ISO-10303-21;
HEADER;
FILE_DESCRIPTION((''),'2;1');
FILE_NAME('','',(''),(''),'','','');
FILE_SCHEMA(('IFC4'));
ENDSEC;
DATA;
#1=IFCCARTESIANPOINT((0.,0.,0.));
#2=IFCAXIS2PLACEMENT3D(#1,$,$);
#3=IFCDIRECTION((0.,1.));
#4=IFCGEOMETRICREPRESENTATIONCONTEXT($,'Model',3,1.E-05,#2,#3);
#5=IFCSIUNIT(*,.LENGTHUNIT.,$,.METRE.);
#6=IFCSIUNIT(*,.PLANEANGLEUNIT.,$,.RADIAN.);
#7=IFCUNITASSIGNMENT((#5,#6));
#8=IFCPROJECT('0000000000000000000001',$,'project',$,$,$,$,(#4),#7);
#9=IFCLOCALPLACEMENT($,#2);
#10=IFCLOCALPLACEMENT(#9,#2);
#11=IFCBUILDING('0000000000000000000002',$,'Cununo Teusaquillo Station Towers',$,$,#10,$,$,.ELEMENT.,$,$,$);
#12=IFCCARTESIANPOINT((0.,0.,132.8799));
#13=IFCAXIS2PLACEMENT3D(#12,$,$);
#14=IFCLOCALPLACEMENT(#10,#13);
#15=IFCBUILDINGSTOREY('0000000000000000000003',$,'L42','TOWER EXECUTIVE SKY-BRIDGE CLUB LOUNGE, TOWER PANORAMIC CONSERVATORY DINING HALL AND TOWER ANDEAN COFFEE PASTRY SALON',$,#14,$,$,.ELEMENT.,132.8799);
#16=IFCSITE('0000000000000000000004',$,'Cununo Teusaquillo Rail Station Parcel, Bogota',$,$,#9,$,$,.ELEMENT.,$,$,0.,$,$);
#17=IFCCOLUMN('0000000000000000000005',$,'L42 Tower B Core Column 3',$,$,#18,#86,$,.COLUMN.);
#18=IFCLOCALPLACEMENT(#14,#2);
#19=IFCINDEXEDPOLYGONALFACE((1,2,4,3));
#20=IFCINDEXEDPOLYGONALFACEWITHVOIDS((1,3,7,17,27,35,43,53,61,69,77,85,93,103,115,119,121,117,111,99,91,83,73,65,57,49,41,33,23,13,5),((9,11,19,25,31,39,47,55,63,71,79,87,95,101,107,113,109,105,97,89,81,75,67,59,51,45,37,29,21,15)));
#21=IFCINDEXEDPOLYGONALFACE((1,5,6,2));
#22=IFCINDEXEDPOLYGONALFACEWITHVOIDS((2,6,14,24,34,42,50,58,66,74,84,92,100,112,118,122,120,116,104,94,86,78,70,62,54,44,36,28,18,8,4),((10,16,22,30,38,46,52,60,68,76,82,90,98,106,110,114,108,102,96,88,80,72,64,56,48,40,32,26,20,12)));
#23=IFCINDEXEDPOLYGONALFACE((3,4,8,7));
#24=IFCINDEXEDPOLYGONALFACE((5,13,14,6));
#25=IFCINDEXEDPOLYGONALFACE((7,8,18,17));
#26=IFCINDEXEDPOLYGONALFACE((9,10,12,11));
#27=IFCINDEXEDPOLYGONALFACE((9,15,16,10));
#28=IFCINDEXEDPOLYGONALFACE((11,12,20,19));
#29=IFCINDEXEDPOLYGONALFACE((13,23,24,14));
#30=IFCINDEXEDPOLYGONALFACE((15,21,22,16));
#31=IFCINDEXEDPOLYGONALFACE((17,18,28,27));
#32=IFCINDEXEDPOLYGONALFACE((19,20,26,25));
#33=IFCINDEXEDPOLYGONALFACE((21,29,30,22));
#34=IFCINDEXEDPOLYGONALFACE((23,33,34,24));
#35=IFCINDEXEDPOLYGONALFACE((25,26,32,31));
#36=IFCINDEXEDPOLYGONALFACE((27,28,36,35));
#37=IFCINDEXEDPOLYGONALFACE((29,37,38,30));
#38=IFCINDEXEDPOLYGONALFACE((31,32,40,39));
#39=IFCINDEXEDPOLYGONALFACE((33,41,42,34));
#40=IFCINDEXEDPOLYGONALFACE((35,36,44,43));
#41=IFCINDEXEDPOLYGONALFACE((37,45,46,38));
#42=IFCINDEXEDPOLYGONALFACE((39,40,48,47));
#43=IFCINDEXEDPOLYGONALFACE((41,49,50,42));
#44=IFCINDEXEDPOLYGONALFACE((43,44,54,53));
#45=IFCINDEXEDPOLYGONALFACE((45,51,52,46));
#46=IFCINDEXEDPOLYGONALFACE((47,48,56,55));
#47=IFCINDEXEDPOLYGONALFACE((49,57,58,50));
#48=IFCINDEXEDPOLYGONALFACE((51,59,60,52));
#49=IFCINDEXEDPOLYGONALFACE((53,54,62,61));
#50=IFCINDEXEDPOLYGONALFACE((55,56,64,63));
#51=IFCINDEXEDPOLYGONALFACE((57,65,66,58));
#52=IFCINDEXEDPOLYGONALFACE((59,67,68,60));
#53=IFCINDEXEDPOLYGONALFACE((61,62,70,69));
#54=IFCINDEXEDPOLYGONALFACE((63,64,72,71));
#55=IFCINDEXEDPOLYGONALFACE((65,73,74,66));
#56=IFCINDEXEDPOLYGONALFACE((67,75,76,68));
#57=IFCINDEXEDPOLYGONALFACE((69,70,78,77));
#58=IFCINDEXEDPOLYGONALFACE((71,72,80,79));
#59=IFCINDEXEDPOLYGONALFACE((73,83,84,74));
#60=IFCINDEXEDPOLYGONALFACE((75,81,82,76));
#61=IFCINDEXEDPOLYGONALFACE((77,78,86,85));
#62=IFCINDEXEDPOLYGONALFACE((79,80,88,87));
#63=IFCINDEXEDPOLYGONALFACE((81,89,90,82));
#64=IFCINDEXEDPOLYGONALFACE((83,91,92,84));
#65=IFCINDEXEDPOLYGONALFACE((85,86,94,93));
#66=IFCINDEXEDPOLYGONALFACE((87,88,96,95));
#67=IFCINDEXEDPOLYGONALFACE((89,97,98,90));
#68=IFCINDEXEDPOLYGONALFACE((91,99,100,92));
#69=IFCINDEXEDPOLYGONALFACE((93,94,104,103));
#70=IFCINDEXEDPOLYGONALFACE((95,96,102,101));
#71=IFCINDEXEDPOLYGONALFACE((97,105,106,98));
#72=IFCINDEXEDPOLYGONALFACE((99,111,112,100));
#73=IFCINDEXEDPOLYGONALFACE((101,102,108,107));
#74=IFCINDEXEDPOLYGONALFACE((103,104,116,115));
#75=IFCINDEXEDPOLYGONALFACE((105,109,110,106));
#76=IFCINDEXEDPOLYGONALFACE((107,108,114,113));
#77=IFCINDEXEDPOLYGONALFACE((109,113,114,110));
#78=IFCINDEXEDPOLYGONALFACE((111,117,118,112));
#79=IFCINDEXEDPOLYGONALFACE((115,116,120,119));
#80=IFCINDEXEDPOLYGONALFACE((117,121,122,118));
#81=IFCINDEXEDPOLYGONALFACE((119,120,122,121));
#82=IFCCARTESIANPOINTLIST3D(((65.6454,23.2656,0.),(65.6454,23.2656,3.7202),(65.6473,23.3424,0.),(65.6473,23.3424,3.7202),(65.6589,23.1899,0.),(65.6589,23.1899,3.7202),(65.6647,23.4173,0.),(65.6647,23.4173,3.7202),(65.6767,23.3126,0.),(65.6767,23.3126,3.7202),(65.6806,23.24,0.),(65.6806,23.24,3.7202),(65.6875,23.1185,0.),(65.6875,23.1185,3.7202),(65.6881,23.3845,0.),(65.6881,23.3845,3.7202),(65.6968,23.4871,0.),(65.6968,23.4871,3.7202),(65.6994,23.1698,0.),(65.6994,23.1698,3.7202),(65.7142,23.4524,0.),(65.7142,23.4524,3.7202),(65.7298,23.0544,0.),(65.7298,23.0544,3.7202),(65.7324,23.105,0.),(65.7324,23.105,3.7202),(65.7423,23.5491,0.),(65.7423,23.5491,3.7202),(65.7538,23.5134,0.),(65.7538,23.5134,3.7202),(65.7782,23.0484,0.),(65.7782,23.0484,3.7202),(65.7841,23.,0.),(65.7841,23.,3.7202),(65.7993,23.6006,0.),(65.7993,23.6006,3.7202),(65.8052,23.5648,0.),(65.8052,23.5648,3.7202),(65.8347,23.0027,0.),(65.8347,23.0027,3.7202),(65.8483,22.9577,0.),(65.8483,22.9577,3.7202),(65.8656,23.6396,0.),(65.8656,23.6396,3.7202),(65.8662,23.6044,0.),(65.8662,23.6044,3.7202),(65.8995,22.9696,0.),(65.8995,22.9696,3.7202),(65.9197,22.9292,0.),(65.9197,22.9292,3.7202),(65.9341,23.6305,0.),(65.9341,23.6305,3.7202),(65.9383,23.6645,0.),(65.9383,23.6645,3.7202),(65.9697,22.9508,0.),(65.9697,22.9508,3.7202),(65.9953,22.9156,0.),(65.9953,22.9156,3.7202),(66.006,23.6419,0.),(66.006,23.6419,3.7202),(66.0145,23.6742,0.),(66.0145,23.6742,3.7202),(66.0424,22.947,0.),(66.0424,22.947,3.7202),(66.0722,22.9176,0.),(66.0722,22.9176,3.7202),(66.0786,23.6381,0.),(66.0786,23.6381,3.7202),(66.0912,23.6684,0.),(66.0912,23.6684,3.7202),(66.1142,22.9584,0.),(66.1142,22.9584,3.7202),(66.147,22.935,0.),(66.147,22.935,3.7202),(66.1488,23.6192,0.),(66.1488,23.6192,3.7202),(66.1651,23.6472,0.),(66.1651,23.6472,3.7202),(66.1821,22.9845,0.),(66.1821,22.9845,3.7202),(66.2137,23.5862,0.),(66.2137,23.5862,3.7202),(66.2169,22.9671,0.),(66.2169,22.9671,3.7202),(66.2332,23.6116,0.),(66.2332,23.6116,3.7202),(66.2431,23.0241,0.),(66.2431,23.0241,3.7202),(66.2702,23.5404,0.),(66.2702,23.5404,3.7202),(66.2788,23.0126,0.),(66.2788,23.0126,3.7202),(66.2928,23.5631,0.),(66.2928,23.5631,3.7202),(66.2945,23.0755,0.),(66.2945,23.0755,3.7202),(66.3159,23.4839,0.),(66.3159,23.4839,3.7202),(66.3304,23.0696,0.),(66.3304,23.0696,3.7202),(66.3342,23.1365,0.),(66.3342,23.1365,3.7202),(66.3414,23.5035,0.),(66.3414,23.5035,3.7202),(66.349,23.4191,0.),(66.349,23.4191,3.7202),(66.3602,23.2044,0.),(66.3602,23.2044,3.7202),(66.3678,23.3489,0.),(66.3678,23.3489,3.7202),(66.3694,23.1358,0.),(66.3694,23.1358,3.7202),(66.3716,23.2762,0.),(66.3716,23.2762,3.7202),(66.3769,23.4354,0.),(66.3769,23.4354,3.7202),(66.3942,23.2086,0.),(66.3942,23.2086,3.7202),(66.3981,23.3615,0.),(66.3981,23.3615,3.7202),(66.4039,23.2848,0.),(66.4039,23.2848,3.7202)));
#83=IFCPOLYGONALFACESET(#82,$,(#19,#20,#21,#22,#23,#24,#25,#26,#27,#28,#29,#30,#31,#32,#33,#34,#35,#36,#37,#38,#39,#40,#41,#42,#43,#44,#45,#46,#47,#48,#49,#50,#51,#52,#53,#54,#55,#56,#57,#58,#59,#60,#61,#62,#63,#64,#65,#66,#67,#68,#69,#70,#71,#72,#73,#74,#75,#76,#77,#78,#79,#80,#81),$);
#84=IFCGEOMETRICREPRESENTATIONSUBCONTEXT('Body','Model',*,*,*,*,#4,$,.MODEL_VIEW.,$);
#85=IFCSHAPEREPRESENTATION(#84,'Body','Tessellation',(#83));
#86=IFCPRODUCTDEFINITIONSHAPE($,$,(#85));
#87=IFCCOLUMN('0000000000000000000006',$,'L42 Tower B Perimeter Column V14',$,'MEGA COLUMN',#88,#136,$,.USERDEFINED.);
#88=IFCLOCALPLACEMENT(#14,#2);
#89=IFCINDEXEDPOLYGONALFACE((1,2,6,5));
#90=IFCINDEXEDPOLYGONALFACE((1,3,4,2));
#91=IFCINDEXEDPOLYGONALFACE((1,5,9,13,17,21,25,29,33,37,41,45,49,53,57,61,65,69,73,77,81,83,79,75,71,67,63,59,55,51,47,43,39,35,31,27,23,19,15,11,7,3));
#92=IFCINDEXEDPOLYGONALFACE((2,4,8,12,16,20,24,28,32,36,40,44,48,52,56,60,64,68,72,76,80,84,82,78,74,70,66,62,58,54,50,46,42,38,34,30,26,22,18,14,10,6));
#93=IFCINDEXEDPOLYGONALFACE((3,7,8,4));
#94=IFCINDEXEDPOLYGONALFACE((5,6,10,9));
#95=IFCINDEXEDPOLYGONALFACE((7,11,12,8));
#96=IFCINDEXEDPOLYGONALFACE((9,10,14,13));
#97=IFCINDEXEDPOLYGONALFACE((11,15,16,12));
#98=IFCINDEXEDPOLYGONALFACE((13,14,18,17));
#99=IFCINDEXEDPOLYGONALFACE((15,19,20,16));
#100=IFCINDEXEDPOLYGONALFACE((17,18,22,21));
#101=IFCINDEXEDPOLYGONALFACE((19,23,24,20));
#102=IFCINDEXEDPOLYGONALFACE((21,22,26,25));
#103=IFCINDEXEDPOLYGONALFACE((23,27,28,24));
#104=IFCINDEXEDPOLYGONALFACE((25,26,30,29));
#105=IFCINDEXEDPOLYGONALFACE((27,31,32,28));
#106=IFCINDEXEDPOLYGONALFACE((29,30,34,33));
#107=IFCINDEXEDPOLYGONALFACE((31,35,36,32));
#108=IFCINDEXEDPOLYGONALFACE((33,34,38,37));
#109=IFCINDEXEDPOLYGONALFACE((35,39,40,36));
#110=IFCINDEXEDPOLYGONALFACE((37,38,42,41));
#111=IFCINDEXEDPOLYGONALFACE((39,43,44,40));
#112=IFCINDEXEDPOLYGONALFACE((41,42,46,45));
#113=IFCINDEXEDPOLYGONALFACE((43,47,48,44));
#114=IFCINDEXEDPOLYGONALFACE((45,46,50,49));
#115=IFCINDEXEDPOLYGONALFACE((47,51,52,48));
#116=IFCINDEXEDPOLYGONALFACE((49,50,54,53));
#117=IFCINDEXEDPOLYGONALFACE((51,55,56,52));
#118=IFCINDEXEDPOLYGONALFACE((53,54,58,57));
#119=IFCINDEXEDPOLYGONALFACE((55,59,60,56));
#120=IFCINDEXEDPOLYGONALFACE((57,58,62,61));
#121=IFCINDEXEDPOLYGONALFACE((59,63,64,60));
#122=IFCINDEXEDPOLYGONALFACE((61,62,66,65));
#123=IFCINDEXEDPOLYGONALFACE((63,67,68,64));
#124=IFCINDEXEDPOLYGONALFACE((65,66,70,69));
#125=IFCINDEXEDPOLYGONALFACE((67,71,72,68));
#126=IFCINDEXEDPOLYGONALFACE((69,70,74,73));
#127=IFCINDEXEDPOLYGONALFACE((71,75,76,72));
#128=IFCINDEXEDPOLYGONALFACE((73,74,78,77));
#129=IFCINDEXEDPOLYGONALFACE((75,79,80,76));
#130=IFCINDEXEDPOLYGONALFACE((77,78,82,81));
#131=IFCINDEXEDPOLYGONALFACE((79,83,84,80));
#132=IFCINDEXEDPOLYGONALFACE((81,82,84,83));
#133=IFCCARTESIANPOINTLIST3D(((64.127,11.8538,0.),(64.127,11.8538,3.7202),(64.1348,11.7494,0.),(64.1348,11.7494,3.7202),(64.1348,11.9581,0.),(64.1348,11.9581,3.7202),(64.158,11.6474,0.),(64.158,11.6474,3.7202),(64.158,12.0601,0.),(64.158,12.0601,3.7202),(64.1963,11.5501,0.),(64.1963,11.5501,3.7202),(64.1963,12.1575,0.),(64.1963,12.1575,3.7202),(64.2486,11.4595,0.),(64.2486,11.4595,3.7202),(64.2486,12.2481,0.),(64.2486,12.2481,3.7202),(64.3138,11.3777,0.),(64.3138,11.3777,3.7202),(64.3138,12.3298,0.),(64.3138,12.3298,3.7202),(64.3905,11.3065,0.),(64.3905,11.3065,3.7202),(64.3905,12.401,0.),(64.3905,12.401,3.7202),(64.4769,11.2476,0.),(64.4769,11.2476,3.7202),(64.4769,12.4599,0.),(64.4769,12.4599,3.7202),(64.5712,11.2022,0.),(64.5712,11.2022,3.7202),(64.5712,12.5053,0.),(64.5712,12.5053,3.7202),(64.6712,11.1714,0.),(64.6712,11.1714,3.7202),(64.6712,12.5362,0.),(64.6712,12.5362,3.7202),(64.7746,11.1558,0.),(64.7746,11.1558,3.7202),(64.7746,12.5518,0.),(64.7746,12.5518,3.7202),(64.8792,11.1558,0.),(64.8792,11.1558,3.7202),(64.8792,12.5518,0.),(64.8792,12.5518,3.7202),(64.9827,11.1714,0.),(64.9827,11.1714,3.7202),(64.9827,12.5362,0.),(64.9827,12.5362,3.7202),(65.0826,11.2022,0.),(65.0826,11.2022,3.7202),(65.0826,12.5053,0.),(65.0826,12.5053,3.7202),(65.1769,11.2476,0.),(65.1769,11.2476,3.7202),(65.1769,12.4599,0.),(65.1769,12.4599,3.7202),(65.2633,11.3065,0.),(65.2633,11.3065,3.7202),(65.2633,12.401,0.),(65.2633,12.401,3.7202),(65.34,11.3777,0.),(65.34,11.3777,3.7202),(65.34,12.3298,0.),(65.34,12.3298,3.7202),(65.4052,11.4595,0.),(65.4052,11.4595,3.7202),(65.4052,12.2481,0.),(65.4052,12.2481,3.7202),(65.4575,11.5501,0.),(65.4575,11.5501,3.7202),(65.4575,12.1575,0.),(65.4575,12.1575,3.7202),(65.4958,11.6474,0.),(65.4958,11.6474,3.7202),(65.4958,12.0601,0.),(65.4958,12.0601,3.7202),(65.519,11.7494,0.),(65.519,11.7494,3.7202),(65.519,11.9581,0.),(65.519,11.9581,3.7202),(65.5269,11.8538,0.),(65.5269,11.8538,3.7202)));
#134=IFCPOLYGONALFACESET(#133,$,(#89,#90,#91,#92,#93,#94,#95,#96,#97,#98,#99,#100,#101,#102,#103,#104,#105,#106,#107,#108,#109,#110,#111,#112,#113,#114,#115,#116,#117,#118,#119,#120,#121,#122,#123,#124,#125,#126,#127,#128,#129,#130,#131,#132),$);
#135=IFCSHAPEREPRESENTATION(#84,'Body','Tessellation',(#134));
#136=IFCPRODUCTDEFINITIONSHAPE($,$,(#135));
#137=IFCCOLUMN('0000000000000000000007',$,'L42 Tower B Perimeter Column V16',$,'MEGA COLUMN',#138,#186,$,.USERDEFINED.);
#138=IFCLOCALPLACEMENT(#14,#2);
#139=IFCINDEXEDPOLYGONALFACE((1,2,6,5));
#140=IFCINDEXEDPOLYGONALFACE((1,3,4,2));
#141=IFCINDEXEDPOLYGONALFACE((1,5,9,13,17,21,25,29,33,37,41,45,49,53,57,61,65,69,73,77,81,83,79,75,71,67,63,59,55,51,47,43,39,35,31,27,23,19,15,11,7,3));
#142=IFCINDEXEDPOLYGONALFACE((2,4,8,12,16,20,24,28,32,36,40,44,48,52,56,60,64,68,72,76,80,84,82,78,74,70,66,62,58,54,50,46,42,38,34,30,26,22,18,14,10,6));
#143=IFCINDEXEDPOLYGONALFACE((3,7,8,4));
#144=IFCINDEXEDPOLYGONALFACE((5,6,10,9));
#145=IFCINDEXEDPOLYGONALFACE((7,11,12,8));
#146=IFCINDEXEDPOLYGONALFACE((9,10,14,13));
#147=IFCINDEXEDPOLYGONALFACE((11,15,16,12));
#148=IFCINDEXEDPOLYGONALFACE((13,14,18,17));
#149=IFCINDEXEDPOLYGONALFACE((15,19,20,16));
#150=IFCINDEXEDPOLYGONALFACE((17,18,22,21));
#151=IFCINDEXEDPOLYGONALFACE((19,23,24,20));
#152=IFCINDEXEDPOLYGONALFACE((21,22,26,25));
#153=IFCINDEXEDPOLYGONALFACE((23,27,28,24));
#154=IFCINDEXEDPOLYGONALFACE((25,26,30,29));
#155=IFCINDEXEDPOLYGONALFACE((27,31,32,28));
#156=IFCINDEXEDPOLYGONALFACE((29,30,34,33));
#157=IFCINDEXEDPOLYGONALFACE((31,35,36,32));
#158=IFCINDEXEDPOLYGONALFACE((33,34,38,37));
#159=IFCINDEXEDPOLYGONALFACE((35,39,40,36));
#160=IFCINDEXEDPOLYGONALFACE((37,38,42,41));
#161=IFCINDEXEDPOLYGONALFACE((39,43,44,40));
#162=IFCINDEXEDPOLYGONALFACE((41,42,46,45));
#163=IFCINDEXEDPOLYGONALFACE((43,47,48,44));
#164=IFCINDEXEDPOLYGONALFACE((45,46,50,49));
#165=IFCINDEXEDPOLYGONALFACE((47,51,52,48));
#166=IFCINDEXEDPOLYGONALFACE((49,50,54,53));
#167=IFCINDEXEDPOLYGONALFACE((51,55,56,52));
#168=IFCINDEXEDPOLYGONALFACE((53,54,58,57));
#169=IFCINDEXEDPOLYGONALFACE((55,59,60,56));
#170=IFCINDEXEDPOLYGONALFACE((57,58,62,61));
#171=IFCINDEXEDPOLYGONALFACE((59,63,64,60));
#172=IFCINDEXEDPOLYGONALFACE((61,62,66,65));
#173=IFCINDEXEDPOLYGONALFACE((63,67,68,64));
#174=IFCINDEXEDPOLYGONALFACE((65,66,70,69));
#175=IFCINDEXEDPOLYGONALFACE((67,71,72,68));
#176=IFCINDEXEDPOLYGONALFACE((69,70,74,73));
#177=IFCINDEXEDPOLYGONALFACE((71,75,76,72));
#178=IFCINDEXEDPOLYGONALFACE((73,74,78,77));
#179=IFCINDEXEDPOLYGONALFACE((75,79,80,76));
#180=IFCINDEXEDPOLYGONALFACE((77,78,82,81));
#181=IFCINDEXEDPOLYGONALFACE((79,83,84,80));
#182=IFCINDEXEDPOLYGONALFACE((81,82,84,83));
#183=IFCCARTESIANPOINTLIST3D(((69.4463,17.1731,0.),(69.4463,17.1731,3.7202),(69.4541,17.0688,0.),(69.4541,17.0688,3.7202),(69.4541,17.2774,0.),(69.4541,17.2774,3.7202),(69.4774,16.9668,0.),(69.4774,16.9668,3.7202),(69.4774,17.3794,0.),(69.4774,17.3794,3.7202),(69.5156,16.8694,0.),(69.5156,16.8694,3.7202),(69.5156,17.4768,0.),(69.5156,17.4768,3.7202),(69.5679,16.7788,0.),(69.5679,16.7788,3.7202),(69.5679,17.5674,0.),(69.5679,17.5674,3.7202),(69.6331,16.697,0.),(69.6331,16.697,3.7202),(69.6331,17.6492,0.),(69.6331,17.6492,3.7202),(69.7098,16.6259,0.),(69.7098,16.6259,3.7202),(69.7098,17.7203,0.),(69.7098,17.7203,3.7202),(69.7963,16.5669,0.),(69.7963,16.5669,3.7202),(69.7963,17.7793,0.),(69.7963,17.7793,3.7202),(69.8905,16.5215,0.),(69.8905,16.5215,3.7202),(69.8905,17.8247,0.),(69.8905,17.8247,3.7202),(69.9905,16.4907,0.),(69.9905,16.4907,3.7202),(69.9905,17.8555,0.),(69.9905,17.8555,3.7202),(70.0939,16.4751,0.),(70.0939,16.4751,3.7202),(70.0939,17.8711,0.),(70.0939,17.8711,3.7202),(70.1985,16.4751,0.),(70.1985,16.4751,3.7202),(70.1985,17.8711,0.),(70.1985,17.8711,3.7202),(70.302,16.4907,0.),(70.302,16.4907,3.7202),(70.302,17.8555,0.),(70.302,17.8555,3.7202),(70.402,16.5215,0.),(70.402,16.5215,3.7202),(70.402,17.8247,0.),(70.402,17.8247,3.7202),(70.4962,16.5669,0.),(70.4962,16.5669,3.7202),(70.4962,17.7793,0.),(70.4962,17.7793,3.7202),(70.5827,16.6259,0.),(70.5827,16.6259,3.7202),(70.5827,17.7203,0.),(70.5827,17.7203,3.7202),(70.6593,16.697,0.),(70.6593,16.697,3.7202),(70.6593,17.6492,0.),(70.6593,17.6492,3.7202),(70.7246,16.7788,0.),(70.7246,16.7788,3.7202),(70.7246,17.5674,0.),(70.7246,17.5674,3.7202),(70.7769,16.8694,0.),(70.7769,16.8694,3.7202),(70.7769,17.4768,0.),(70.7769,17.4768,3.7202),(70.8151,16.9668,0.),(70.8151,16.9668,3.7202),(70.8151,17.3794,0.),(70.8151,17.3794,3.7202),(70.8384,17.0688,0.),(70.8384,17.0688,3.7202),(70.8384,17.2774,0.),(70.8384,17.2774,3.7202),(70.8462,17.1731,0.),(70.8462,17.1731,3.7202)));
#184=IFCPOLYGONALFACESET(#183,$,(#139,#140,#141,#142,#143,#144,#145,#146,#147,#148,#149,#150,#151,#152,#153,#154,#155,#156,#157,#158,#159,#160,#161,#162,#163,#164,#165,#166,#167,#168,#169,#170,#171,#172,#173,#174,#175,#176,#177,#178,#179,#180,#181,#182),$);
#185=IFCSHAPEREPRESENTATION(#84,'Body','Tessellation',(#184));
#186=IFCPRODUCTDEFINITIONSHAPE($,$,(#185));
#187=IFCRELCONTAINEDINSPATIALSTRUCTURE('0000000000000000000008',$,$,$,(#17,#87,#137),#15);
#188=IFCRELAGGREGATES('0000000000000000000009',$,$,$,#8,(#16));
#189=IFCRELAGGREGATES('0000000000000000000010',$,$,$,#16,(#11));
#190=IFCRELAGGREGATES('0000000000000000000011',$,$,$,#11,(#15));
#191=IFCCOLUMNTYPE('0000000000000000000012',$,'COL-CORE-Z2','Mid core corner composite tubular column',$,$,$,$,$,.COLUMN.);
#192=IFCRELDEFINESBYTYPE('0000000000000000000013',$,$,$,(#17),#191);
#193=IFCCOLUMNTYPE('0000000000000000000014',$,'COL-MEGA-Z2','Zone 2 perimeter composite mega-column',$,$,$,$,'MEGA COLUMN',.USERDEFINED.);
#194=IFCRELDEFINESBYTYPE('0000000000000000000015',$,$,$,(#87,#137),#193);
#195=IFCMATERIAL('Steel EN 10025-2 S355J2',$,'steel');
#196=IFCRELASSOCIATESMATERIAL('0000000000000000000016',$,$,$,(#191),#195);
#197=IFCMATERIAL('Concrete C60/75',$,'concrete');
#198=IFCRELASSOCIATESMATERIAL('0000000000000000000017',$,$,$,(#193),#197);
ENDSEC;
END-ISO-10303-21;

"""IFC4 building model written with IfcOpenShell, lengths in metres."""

from ifc_helpers import new_model, si_unit, direction, frame, origin, origin_2d, place, context, subcontext, project, spatial, circle, hollow_circle, extrude, material, material_profile, profile_set, type_object, element, save


model = new_model("IFC4")

# Units and contexts
model_context = context("Model", 3, precision=1e-05, world=origin(), true_north=direction((0.0, 1.0)))
body_context = subcontext(model_context, "Body", "Model", "MODEL_VIEW")
ifc_project = project(units=[si_unit("LENGTHUNIT", "METRE"), si_unit("PLANEANGLEUNIT", "RADIAN")], contexts=[model_context])

# Site, building, storey
site_placement = place(None, origin())
site = spatial("IfcSite", under=ifc_project, at=site_placement, Name="Cununo Teusaquillo Rail Station Parcel, Bogota", CompositionType="ELEMENT", RefElevation=0.0)
building_placement = place(site_placement, origin())
building = spatial("IfcBuilding", under=site, at=building_placement, Name="Cununo Teusaquillo Station Towers", CompositionType="ELEMENT")
storey_placement = place(building_placement, frame((0.0, 0.0, 132.8799)))
storey = spatial("IfcBuildingStorey", under=building, at=storey_placement, Name="L42", Description="TOWER EXECUTIVE SKY-BRIDGE CLUB LOUNGE, TOWER PANORAMIC CONSERVATORY DINING HALL AND TOWER ANDEAN COFFEE PASTRY SALON", CompositionType="ELEMENT", Elevation=132.8799)

# Columns
ifc_material_1 = material(Name="Steel EN 10025-2 S355J2", Category="steel")
ifc_material_profile_1 = material_profile(ifc_material_1, hollow_circle(Radius=0.3799, WallThickness=0.032, at=origin_2d()), Name="CHS 760x32")
ifc_profile_set_1 = profile_set([ifc_material_profile_1], Name="Steel EN 10025-2 S355J2")
column_type_1 = type_object("IfcColumnType", Name="COL-CORE-Z2", Description="Mid core corner composite tubular column", PredefinedType="COLUMN", material=ifc_profile_set_1)
column_placement = place(storey_placement, frame((66.0242, 23.2944, 0.0), z_axis=(0.0, 0.0, 1.0), x_axis=(0.707107, 0.707107, 0.0)))
element("IfcColumn", 1, at=column_placement, inside=storey, type_object=column_type_1, Name="L42 Tower B Core Column 3", PredefinedType="COLUMN", context=body_context, shape_type="SweptSolid", body=[
    extrude(hollow_circle(Radius=0.3799, WallThickness=0.032, at=origin_2d()), origin(), (0.0, 0.0, 1.0), 3.7202),
])
ifc_material_2 = material(Name="Concrete C60/75", Category="concrete")
ifc_material_profile_2 = material_profile(ifc_material_2, circle(Radius=0.7, at=origin_2d()), Name="RC-CIRC-1400")
ifc_profile_set_2 = profile_set([ifc_material_profile_2], Name="Concrete C60/75")
column_type_2 = type_object("IfcColumnType", Name="COL-MEGA-Z2", Description="Zone 2 perimeter composite mega-column", ElementType="MEGA COLUMN", PredefinedType="USERDEFINED", material=ifc_profile_set_2)
for number, where, z_axis, x_axis, name in (
    (2, (64.8269, 11.8538, 0.0), (0.0, 0.0, 1.0), (1.0, 0.0, 0.0), "L42 Tower B Perimeter Column V14"),
    (3, (70.1462, 17.1731, 0.0), (0.0, 0.0, 1.0), (1.0, 0.0, 0.0), "L42 Tower B Perimeter Column V16"),
):
    element("IfcColumn", number, at=place(storey_placement, frame(where, z_axis=z_axis, x_axis=x_axis)), inside=storey, type_object=column_type_2, Name=name, ObjectType="MEGA COLUMN", PredefinedType="USERDEFINED", context=body_context, shape_type="SweptSolid", body=[
        extrude(circle(Radius=0.7, at=origin_2d()), origin(), (0.0, 0.0, 1.0), 3.7202),
    ])

save(model, "model.ifc")
